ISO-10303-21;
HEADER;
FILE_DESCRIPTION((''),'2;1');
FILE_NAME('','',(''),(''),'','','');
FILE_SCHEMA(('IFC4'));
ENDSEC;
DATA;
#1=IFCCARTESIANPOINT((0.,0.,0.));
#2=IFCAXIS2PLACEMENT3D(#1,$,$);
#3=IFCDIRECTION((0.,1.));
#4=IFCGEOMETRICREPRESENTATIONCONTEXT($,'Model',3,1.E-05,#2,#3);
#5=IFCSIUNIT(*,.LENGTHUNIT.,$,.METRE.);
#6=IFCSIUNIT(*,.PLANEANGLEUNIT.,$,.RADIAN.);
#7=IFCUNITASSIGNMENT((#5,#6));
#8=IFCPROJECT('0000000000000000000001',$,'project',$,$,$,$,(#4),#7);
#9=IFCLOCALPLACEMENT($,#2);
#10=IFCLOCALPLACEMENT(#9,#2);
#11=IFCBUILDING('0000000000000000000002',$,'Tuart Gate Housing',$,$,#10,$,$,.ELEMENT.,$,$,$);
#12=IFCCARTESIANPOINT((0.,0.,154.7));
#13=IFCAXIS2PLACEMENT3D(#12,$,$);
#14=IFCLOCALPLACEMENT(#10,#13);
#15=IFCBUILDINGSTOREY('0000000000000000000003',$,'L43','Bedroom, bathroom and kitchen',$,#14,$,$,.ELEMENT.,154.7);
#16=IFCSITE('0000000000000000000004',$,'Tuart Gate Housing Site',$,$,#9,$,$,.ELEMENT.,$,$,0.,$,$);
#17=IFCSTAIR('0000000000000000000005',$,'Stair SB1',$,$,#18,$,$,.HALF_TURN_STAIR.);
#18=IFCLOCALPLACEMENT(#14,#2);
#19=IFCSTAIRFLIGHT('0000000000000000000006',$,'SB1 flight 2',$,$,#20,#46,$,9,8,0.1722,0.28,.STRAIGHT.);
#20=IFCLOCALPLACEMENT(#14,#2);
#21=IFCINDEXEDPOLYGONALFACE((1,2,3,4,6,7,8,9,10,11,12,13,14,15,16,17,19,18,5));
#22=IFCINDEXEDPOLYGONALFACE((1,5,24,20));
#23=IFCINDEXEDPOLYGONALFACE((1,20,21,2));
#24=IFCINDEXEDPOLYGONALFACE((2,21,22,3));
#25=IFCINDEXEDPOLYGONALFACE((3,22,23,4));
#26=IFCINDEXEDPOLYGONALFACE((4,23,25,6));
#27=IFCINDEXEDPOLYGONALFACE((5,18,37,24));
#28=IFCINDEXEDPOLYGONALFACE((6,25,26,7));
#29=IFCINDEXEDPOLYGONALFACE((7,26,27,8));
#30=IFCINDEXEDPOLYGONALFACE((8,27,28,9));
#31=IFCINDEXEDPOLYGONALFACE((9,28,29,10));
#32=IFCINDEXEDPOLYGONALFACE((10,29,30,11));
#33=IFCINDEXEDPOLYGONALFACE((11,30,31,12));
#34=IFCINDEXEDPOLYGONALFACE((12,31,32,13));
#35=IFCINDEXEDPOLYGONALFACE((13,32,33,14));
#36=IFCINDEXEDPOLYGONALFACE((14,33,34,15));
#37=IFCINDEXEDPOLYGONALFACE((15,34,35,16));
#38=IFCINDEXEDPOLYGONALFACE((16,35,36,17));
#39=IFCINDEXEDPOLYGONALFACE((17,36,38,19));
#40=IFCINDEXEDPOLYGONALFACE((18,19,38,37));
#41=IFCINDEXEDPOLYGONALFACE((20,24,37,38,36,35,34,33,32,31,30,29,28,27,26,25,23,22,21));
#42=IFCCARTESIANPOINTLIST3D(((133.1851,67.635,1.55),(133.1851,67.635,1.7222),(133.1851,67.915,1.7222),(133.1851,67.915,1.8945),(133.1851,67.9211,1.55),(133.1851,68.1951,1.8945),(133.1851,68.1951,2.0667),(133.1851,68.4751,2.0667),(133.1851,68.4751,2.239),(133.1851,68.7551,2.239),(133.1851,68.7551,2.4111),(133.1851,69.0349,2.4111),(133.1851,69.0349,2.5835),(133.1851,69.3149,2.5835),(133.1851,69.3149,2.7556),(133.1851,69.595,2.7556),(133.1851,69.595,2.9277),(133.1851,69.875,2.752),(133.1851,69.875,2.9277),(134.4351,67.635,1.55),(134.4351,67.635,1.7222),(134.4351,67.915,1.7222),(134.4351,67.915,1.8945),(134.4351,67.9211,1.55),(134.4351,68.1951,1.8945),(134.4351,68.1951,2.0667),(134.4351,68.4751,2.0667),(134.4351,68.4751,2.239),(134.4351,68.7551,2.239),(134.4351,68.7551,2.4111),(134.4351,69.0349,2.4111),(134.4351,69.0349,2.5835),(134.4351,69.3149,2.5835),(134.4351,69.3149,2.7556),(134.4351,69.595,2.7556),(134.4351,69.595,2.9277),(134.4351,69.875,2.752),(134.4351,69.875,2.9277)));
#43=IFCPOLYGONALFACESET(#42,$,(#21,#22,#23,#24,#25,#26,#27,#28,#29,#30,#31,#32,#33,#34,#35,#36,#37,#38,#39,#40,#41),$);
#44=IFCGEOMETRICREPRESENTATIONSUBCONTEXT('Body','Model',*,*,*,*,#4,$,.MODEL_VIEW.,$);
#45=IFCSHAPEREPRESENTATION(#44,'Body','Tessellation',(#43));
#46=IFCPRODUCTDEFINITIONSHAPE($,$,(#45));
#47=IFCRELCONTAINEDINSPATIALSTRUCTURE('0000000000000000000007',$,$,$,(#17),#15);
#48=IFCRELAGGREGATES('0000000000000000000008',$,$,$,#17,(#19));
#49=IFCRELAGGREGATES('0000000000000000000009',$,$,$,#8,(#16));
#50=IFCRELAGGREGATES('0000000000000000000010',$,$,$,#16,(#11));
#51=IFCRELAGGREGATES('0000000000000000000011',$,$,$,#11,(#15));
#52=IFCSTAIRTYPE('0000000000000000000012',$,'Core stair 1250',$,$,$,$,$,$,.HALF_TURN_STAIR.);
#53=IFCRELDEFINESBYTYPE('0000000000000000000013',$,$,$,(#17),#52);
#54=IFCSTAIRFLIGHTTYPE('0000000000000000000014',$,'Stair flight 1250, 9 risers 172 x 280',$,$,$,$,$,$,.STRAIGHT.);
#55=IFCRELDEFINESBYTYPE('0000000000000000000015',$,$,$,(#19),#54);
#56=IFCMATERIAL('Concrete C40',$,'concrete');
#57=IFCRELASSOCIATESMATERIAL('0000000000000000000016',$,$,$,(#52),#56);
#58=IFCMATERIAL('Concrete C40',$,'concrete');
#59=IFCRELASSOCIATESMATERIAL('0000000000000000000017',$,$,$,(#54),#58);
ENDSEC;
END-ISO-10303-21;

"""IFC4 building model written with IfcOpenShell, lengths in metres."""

from ifc_helpers import new_model, si_unit, direction, frame, origin, place, context, subcontext, project, spatial, polyline, outline, extrude, material, type_object, element, aggregate, save


model = new_model("IFC4")

# Units and contexts
model_context = context("Model", 3, precision=1e-05, world=origin(), true_north=direction((0.0, 1.0)))
body_context = subcontext(model_context, "Body", "Model", "MODEL_VIEW")
ifc_project = project(units=[si_unit("LENGTHUNIT", "METRE"), si_unit("PLANEANGLEUNIT", "RADIAN")], contexts=[model_context])

# Site, building, storey
site_placement = place(None, origin())
site = spatial("IfcSite", under=ifc_project, at=site_placement, Name="Tuart Gate Housing Site", CompositionType="ELEMENT", RefElevation=0.0)
building_placement = place(site_placement, origin())
building = spatial("IfcBuilding", under=site, at=building_placement, Name="Tuart Gate Housing", CompositionType="ELEMENT")
storey_placement = place(building_placement, frame((0.0, 0.0, 154.7)))
storey = spatial("IfcBuildingStorey", under=building, at=storey_placement, Name="L43", Description="Bedroom, bathroom and kitchen", CompositionType="ELEMENT", Elevation=154.7)

# Stair, stair flight
ifc_material_1 = material(Name="Concrete C40", Category="concrete")
stair_type = type_object("IfcStairType", Name="Core stair 1250", PredefinedType="HALF_TURN_STAIR", material=ifc_material_1)
stair_placement = place(storey_placement, origin())
stair = element("IfcStair", 1, at=stair_placement, inside=storey, type_object=stair_type, Name="Stair SB1", PredefinedType="HALF_TURN_STAIR")
ifc_material_2 = material(Name="Concrete C40", Category="concrete")
stair_flight_type = type_object("IfcStairFlightType", Name="Stair flight 1250, 9 risers 172 x 280", PredefinedType="STRAIGHT", material=ifc_material_2)
stair_flight_1_placement = place(storey_placement, frame((133.8101, 67.635, 1.55), z_axis=(0.0, 0.0, 1.0), x_axis=(0.0, 1.0, 0.0)))
stair_flight_1 = element("IfcStairFlight", 2, at=stair_flight_1_placement, type_object=stair_flight_type, Name="SB1 flight 2", NumberOfRisers=9, NumberOfTreads=8, PredefinedType="STRAIGHT", RiserHeight=0.1722, TreadLength=0.28, context=body_context, shape_type="SweptSolid", body=[
    extrude(outline(polyline([(0.0, 0.0), (0.0, 0.1721), (0.28, 0.1721), (0.28, 0.3445), (0.5601, 0.3445), (0.5601, 0.5166), (0.8401, 0.5166), (0.8401, 0.689), (1.1201, 0.689), (1.1201, 0.8611), (1.3999, 0.8611), (1.3999, 1.0334), (1.6799, 1.0334), (1.6799, 1.2056), (1.96, 1.2056), (1.96, 1.3777), (2.24, 1.3777), (2.24, 1.55), (2.24, 1.2019), (0.2861, 0.0), (0.0, 0.0)])), frame((0.0, 0.625, 0.0), z_axis=(0.0, -1.0, 0.0), x_axis=(1.0, 0.0, 0.0)), (0.0, 0.0, 1.0), 1.25),
])
aggregate(stair, [stair_flight_1])

save(model, "model.ifc")
